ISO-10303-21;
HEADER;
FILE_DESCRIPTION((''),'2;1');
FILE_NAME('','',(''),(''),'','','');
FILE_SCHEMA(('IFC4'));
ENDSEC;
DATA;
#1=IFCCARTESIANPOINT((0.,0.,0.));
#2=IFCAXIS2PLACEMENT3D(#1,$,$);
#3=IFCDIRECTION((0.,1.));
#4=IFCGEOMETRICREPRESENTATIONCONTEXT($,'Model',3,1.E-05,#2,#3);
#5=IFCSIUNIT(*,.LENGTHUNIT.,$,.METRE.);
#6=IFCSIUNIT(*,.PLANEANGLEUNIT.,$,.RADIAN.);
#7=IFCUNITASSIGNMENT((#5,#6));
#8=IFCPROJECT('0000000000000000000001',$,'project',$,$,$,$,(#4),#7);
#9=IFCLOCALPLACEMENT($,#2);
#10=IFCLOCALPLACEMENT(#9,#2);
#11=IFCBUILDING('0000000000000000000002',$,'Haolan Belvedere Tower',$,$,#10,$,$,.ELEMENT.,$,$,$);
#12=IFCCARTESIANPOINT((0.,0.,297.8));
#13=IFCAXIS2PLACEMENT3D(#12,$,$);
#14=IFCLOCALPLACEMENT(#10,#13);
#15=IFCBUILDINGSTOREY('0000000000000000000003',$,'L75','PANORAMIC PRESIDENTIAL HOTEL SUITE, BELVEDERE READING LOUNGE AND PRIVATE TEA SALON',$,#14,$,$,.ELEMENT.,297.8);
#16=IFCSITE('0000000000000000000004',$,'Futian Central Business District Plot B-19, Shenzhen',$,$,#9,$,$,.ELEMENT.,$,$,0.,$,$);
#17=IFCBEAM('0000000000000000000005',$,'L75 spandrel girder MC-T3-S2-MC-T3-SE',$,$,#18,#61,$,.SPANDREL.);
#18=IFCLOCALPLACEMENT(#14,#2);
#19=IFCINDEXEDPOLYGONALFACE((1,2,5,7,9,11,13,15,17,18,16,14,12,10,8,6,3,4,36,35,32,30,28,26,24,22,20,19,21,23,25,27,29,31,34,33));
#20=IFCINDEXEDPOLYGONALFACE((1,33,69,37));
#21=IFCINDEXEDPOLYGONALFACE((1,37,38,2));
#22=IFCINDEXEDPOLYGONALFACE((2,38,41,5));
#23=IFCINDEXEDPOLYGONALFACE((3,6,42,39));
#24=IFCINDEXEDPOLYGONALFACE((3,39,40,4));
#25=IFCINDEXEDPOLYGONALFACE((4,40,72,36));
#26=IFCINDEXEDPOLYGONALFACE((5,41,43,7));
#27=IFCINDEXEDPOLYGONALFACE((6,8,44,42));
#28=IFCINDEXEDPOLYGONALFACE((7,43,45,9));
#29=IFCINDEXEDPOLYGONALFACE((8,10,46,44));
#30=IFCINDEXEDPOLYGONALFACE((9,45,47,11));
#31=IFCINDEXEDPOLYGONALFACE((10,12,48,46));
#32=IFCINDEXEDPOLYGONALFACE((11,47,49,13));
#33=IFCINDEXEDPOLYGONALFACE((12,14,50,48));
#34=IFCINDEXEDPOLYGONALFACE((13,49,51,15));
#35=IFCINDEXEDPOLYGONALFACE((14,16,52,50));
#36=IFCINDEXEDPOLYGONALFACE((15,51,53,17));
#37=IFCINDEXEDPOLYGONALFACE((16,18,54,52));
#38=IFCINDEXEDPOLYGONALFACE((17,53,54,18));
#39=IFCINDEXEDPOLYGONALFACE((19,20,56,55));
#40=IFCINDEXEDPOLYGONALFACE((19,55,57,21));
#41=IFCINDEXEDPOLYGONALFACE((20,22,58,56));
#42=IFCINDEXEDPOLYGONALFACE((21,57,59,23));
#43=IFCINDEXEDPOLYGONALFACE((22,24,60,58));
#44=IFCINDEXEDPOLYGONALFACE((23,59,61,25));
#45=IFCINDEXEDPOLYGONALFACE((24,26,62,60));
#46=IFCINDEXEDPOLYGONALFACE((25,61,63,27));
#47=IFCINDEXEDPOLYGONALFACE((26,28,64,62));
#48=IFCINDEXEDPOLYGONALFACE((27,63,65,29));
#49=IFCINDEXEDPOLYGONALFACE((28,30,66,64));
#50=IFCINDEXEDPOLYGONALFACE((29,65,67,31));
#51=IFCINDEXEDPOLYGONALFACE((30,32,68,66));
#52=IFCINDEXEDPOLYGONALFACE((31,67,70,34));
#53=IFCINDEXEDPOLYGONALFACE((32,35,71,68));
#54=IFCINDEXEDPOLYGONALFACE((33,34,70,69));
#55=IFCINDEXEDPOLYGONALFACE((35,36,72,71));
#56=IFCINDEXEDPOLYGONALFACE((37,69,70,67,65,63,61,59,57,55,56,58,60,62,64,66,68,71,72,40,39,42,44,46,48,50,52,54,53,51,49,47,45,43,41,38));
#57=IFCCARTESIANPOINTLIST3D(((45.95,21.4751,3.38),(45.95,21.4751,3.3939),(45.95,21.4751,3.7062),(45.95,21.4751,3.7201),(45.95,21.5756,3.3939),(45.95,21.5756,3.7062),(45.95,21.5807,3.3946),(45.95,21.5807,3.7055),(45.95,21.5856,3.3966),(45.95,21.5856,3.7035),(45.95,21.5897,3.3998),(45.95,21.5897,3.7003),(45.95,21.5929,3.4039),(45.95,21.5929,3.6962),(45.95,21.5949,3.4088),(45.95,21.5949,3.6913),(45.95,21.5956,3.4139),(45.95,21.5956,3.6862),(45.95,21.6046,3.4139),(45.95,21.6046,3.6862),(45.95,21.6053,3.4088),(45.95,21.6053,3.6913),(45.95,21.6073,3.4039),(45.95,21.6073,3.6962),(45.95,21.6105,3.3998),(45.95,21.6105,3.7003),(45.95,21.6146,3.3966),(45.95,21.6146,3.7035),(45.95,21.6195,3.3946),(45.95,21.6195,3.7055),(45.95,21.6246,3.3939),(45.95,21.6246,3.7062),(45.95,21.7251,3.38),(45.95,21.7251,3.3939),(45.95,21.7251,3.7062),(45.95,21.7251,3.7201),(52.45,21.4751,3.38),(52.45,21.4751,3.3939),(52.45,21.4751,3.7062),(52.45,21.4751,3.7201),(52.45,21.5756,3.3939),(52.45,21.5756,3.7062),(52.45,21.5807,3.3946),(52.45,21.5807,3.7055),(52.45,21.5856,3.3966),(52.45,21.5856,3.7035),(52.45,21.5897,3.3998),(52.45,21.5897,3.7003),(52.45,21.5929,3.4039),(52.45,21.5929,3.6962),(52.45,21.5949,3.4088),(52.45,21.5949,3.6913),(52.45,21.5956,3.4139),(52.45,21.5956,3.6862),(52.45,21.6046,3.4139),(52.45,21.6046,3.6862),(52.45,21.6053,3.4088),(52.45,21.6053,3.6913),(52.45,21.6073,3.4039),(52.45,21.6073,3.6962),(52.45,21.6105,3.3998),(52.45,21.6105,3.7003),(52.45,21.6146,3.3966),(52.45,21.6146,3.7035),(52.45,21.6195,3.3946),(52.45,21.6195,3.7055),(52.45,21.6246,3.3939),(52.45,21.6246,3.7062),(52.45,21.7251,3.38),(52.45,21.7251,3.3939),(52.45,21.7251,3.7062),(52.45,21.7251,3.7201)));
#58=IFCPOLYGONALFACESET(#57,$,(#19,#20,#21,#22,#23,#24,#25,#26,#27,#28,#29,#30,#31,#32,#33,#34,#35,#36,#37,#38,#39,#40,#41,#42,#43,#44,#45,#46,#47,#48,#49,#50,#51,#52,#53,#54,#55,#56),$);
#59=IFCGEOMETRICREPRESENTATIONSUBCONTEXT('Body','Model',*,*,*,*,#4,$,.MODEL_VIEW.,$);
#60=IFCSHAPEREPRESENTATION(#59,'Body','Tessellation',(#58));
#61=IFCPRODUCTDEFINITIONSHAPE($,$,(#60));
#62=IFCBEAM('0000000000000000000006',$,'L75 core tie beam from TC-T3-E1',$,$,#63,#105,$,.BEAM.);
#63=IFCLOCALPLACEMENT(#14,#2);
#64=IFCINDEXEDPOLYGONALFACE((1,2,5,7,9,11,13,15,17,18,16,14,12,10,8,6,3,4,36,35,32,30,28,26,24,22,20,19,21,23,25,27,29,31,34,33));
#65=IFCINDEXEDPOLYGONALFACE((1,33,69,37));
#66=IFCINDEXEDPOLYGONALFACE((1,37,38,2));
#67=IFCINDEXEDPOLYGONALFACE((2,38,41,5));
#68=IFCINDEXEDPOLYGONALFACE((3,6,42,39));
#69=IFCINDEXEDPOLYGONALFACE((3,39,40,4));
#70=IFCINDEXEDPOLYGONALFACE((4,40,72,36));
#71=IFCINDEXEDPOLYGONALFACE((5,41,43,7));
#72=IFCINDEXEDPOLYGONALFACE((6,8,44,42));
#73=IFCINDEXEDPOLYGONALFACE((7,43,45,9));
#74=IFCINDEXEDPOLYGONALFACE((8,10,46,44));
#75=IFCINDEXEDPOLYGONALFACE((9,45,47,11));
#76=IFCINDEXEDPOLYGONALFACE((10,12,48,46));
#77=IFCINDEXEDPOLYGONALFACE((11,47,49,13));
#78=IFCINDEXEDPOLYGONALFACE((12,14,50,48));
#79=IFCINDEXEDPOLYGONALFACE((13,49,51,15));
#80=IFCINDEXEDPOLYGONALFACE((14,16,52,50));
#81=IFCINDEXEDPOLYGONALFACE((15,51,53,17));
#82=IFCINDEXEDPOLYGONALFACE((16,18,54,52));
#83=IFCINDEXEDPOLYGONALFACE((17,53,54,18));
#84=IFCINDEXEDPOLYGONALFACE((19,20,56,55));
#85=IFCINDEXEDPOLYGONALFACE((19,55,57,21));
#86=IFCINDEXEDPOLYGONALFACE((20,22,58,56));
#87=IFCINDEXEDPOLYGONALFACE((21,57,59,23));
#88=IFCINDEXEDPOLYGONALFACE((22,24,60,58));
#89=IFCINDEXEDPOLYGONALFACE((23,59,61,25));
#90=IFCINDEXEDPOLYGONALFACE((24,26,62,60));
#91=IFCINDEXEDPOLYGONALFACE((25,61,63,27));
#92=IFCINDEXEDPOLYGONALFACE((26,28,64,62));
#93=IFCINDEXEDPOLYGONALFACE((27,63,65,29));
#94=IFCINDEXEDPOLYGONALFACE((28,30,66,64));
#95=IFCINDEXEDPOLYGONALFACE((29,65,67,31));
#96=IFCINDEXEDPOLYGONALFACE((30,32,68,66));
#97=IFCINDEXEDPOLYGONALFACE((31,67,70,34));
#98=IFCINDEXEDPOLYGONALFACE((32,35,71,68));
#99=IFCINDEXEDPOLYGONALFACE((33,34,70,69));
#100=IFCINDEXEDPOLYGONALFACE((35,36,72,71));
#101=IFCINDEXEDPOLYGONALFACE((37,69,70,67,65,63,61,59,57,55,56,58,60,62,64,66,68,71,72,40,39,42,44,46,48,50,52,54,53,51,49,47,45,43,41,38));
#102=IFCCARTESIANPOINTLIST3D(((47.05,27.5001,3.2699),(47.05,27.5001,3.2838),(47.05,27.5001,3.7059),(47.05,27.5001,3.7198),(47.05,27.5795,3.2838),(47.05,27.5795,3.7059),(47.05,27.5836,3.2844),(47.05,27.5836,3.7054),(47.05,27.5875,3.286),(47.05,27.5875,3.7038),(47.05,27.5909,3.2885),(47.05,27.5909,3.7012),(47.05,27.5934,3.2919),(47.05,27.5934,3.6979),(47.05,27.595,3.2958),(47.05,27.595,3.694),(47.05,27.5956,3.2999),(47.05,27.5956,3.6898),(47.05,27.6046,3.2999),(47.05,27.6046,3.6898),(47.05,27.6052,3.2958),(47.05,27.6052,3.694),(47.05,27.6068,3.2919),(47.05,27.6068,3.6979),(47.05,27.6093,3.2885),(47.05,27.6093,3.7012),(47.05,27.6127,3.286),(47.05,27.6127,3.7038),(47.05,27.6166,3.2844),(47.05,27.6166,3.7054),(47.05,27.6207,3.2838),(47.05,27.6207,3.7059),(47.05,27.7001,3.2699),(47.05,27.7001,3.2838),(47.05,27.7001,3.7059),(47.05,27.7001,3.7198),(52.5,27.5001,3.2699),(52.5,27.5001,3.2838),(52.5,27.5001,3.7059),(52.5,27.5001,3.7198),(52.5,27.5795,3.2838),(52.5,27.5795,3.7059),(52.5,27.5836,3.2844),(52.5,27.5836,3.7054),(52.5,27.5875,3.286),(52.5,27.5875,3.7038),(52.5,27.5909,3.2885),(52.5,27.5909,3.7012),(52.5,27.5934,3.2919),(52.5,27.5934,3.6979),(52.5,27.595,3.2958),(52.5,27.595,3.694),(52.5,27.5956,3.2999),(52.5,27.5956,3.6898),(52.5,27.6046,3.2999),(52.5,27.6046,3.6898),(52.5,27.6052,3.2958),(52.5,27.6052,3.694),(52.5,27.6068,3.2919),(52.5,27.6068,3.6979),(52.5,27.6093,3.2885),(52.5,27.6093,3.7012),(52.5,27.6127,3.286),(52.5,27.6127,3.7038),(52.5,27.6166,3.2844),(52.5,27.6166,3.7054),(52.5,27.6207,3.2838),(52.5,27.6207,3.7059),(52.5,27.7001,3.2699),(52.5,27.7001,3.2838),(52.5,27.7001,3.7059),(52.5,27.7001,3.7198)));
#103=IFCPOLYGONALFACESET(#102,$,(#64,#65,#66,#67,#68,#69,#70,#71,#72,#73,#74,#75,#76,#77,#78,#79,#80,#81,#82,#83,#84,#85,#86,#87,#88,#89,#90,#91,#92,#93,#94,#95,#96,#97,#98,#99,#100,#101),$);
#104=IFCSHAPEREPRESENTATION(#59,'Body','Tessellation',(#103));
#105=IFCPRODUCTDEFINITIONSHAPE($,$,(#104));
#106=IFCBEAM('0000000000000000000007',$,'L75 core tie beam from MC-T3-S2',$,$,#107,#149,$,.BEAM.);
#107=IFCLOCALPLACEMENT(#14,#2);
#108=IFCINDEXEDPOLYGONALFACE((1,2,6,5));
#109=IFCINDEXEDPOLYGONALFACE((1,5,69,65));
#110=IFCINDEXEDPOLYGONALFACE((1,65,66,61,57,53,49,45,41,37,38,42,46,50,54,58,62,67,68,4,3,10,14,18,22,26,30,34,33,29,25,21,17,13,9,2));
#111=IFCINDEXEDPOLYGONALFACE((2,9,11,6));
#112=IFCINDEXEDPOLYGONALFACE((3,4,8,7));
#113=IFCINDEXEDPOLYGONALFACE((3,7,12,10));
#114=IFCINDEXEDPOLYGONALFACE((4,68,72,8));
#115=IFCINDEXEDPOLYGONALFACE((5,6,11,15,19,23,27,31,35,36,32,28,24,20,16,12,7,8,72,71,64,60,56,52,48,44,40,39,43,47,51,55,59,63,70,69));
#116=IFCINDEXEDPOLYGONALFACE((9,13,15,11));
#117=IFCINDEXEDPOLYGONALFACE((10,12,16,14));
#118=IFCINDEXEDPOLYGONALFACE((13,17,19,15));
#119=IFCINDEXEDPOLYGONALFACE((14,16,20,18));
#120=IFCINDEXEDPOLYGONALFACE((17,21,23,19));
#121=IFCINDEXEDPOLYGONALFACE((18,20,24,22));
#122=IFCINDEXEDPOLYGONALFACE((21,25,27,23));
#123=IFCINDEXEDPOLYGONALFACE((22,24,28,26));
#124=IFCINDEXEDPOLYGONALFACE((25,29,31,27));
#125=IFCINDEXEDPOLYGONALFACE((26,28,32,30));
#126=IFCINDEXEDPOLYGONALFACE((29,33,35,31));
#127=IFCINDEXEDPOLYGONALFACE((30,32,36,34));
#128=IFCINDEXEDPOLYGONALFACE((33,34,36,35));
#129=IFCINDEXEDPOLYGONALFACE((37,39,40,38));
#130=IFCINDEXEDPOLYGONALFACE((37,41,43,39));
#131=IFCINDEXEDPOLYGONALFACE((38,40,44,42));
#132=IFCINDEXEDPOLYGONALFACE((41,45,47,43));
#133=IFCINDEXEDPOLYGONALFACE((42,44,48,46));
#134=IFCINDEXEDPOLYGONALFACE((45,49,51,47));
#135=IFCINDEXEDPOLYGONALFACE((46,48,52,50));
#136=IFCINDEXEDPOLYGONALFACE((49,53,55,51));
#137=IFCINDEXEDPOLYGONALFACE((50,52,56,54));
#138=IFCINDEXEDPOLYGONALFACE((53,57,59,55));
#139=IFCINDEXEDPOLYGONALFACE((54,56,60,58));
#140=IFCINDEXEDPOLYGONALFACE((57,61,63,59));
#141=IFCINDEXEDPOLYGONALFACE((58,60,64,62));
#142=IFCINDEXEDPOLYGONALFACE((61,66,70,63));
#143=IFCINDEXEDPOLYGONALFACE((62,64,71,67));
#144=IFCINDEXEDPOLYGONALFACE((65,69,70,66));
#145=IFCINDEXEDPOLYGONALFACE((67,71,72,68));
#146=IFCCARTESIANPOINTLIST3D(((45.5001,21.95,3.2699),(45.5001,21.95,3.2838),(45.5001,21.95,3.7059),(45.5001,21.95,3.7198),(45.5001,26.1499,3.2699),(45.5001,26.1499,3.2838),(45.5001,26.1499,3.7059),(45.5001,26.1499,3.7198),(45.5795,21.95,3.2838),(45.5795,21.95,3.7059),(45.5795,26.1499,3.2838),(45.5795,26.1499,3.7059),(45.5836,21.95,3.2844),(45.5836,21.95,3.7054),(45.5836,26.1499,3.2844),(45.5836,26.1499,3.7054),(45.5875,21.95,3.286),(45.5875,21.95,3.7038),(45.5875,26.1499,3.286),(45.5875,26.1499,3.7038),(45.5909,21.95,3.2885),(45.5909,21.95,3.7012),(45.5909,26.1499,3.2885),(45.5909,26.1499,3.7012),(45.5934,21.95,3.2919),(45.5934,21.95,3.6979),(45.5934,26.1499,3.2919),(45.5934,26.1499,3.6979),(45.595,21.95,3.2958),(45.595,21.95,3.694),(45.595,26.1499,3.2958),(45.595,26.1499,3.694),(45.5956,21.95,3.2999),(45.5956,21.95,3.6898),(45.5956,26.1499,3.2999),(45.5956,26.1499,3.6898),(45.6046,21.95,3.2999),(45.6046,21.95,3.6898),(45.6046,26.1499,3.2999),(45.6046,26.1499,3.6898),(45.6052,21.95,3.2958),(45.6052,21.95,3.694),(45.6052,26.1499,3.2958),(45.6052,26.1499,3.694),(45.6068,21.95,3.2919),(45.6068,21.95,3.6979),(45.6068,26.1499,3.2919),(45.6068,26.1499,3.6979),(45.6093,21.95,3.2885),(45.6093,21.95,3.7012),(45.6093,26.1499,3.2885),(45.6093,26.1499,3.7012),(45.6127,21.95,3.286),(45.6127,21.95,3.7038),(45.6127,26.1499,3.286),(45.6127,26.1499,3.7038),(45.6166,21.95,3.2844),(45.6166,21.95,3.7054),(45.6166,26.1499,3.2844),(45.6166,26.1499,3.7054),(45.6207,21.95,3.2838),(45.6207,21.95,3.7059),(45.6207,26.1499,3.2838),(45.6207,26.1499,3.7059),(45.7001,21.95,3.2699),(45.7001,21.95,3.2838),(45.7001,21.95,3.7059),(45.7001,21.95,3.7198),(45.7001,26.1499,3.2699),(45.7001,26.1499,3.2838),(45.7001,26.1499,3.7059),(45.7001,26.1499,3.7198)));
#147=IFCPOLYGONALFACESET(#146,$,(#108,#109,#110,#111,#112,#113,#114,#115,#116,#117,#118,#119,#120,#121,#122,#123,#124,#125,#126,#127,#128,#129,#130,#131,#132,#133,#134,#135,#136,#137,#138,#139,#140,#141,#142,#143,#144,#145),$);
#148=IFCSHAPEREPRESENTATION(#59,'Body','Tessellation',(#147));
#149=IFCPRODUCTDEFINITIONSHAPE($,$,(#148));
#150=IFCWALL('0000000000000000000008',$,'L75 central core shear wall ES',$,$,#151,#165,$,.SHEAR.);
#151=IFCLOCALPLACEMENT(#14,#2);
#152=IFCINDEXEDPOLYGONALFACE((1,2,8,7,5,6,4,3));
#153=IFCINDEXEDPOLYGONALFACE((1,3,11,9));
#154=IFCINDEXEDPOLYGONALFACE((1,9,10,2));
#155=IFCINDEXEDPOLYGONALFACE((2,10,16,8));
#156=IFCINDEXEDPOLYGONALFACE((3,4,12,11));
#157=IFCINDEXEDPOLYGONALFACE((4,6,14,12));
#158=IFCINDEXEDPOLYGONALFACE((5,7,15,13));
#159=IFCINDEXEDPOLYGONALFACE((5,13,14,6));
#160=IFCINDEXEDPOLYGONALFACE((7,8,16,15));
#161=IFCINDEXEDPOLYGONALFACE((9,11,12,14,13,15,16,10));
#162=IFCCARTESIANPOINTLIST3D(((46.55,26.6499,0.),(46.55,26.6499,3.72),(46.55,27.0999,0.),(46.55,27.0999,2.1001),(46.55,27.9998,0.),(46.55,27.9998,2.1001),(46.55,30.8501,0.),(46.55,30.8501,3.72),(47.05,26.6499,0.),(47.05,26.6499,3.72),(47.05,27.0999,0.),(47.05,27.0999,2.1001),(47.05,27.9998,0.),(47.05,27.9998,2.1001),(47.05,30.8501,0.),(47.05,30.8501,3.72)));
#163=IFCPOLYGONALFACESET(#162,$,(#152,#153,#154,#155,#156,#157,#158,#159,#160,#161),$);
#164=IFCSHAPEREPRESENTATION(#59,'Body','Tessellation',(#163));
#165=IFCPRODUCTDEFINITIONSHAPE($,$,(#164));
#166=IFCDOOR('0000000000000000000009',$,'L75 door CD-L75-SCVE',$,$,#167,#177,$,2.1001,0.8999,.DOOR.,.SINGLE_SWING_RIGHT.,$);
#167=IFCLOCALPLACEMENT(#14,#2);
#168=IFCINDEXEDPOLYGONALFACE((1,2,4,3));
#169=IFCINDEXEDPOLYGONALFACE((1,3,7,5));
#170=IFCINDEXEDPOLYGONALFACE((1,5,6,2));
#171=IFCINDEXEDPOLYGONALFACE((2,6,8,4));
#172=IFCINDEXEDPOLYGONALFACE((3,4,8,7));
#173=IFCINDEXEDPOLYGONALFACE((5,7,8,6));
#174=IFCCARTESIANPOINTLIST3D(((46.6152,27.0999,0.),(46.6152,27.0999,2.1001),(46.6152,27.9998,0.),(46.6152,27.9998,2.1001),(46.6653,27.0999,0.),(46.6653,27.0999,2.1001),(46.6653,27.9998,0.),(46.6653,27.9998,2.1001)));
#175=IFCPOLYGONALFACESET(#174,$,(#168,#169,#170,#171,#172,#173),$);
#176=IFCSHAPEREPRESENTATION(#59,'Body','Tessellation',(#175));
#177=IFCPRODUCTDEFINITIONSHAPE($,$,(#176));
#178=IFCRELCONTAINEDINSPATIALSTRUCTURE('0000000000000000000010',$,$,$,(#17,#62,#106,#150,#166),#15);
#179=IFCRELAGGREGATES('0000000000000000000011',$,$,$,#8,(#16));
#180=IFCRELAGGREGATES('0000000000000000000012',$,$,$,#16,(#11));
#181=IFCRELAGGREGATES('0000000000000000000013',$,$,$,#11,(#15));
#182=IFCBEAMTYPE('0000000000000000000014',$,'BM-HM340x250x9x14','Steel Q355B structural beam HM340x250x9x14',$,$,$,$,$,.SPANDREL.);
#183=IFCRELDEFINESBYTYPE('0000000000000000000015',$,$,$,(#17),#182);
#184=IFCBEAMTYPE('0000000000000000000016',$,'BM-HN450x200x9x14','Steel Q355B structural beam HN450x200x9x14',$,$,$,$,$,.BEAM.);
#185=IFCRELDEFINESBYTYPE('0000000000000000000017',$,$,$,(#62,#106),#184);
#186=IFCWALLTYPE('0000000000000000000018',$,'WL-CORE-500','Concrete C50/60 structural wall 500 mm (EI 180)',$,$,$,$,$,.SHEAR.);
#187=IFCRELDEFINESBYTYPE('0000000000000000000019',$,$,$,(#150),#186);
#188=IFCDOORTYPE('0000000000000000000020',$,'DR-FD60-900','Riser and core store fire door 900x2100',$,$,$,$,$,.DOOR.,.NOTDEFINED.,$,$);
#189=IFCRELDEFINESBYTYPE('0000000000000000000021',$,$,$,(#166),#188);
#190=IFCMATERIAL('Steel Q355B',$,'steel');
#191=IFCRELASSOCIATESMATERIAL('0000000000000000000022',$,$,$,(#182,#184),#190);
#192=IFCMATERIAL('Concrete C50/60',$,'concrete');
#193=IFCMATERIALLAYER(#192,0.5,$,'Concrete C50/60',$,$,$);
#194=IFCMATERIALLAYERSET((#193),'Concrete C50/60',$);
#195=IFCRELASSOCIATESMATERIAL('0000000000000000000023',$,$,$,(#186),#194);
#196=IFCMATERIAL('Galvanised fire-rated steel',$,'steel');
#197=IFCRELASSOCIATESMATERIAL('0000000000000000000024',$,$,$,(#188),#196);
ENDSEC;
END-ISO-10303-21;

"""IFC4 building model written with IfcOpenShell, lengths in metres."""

from ifc_helpers import new_model, si_unit, direction, frame, frame_2d, origin, origin_2d, place, context, subcontext, project, spatial, rectangle, i_section, extrude, material, layer, layer_set, material_profile, profile_set, type_object, element, fill, save


model = new_model("IFC4")

# Units and contexts
model_context = context("Model", 3, precision=1e-05, world=origin(), true_north=direction((0.0, 1.0)))
body_context = subcontext(model_context, "Body", "Model", "MODEL_VIEW")
ifc_project = project(units=[si_unit("LENGTHUNIT", "METRE"), si_unit("PLANEANGLEUNIT", "RADIAN")], contexts=[model_context])

# Site, building, storey
site_placement = place(None, origin())
site = spatial("IfcSite", under=ifc_project, at=site_placement, Name="Futian Central Business District Plot B-19, Shenzhen", CompositionType="ELEMENT", RefElevation=0.0)
building_placement = place(site_placement, origin())
building = spatial("IfcBuilding", under=site, at=building_placement, Name="Haolan Belvedere Tower", CompositionType="ELEMENT")
storey_placement = place(building_placement, frame((0.0, 0.0, 297.8)))
storey = spatial("IfcBuildingStorey", under=building, at=storey_placement, Name="L75", Description="PANORAMIC PRESIDENTIAL HOTEL SUITE, BELVEDERE READING LOUNGE AND PRIVATE TEA SALON", CompositionType="ELEMENT", Elevation=297.8)

# Beams
ifc_material_1 = material(Name="Steel Q355B", Category="steel")
ifc_material_profile_1 = material_profile(ifc_material_1, i_section(OverallWidth=0.25, OverallDepth=0.3401, WebThickness=0.009, FlangeThickness=0.0139, FilletRadius=0.02, at=origin_2d()), Name="Steel Q355B")
ifc_profile_set_1 = profile_set([ifc_material_profile_1], Name="Steel Q355B")
beam_type_1 = type_object("IfcBeamType", Name="BM-HM340x250x9x14", Description="Steel Q355B structural beam HM340x250x9x14", PredefinedType="SPANDREL", material=ifc_profile_set_1)
beam_1_placement = place(storey_placement, frame((45.95, 21.6001, 3.55), z_axis=(1.0, 0.0, 0.0), x_axis=(0.0, 1.0, 0.0)))
element("IfcBeam", 1, at=beam_1_placement, inside=storey, type_object=beam_type_1, Name="L75 spandrel girder MC-T3-S2-MC-T3-SE", PredefinedType="SPANDREL", context=body_context, shape_type="SweptSolid", body=[
    extrude(i_section(OverallWidth=0.25, OverallDepth=0.3401, WebThickness=0.009, FlangeThickness=0.0139, FilletRadius=0.02, at=origin_2d()), origin(), (0.0, 0.0, 1.0), 6.5),
])
ifc_material_profile_2 = material_profile(ifc_material_1, i_section(OverallWidth=0.2, OverallDepth=0.45, WebThickness=0.009, FlangeThickness=0.0139, FilletRadius=0.0161, at=origin_2d()), Name="Steel Q355B")
ifc_profile_set_2 = profile_set([ifc_material_profile_2], Name="Steel Q355B")
beam_type_2 = type_object("IfcBeamType", Name="BM-HN450x200x9x14", Description="Steel Q355B structural beam HN450x200x9x14", PredefinedType="BEAM", material=ifc_profile_set_2)
beam_2_placement = place(storey_placement, frame((52.5, 27.6001, 3.4949), z_axis=(-1.0, 0.0, 0.0), x_axis=(0.0, -1.0, 0.0)))
element("IfcBeam", 2, at=beam_2_placement, inside=storey, type_object=beam_type_2, Name="L75 core tie beam from TC-T3-E1", PredefinedType="BEAM", context=body_context, shape_type="SweptSolid", body=[
    extrude(i_section(OverallWidth=0.2, OverallDepth=0.45, WebThickness=0.009, FlangeThickness=0.0139, FilletRadius=0.0161, at=origin_2d()), origin(), (0.0, 0.0, 1.0), 5.45),
])
beam_3_placement = place(storey_placement, frame((45.6001, 21.95, 3.4949), z_axis=(0.0, 1.0, 0.0), x_axis=(-1.0, 0.0, 0.0)))
element("IfcBeam", 3, at=beam_3_placement, inside=storey, type_object=beam_type_2, Name="L75 core tie beam from MC-T3-S2", PredefinedType="BEAM", context=body_context, shape_type="SweptSolid", body=[
    extrude(i_section(OverallWidth=0.2, OverallDepth=0.45, WebThickness=0.009, FlangeThickness=0.0139, FilletRadius=0.0161, at=origin_2d()), origin(), (0.0, 0.0, 1.0), 4.2),
])

# Wall, opening, door
ifc_material_2 = material(Name="Concrete C50/60", Category="concrete")
ifc_layer_1 = layer(ifc_material_2, 0.5, Name="Concrete C50/60")
ifc_layer_set_1 = layer_set([ifc_layer_1], Name="Concrete C50/60")
wall_type_1 = type_object("IfcWallType", Name="WL-CORE-500", Description="Concrete C50/60 structural wall 500 mm (EI 180)", PredefinedType="SHEAR", material=ifc_layer_set_1)
wall_1_placement = place(storey_placement, frame((46.8, 26.6499, 0.0), z_axis=(0.0, 0.0, 1.0), x_axis=(0.0, 1.0, 0.0)))
wall_1 = element("IfcWall", 4, at=wall_1_placement, inside=storey, type_object=wall_type_1, Name="L75 central core shear wall ES", PredefinedType="SHEAR", context=body_context, shape_type="SweptSolid", body=[
    extrude(rectangle(XDim=4.2002, YDim=0.5, at=frame_2d((2.1001, 0.0))), origin(), (0.0, 0.0, 1.0), 3.72),
])
opening_1_placement = place(wall_1_placement, frame((1.3499, 0.0, 0.0), z_axis=(0.0, 0.0, 1.0), x_axis=(-1.0, 0.0, 0.0)))
opening_1 = element("IfcOpeningElement", 5, at=opening_1_placement, cuts=wall_1, PredefinedType="OPENING", context=body_context, shape_type="SweptSolid", body=[
    extrude(rectangle(XDim=0.8999, YDim=2.1001, at=frame_2d((0.45, 1.05))), frame((0.0, 0.26, 0.0), z_axis=(0.0, -1.0, 0.0), x_axis=(1.0, 0.0, 0.0)), (0.0, 0.0, 1.0), 0.52),
])
ifc_material_3 = material(Name="Galvanised fire-rated steel", Category="steel")
door_type_1 = type_object("IfcDoorType", Name="DR-FD60-900", Description="Riser and core store fire door 900x2100", OperationType="NOTDEFINED", PredefinedType="DOOR", material=ifc_material_3)
door_1_placement = place(opening_1_placement, origin())
door_1 = element("IfcDoor", 6, at=door_1_placement, inside=storey, type_object=door_type_1, Name="L75 door CD-L75-SCVE", OperationType="SINGLE_SWING_RIGHT", OverallHeight=2.1001, OverallWidth=0.8999, PredefinedType="DOOR", context=body_context, shape_type="SweptSolid", body=[
    extrude(rectangle(XDim=0.8999, YDim=2.1001, at=frame_2d((0.45, 1.05))), frame((0.0, -0.1348, 0.0), z_axis=(0.0, -1.0, 0.0), x_axis=(1.0, 0.0, 0.0)), (0.0, 0.0, 1.0), 0.05),
])
fill(opening_1, door_1)

save(model, "model.ifc")
